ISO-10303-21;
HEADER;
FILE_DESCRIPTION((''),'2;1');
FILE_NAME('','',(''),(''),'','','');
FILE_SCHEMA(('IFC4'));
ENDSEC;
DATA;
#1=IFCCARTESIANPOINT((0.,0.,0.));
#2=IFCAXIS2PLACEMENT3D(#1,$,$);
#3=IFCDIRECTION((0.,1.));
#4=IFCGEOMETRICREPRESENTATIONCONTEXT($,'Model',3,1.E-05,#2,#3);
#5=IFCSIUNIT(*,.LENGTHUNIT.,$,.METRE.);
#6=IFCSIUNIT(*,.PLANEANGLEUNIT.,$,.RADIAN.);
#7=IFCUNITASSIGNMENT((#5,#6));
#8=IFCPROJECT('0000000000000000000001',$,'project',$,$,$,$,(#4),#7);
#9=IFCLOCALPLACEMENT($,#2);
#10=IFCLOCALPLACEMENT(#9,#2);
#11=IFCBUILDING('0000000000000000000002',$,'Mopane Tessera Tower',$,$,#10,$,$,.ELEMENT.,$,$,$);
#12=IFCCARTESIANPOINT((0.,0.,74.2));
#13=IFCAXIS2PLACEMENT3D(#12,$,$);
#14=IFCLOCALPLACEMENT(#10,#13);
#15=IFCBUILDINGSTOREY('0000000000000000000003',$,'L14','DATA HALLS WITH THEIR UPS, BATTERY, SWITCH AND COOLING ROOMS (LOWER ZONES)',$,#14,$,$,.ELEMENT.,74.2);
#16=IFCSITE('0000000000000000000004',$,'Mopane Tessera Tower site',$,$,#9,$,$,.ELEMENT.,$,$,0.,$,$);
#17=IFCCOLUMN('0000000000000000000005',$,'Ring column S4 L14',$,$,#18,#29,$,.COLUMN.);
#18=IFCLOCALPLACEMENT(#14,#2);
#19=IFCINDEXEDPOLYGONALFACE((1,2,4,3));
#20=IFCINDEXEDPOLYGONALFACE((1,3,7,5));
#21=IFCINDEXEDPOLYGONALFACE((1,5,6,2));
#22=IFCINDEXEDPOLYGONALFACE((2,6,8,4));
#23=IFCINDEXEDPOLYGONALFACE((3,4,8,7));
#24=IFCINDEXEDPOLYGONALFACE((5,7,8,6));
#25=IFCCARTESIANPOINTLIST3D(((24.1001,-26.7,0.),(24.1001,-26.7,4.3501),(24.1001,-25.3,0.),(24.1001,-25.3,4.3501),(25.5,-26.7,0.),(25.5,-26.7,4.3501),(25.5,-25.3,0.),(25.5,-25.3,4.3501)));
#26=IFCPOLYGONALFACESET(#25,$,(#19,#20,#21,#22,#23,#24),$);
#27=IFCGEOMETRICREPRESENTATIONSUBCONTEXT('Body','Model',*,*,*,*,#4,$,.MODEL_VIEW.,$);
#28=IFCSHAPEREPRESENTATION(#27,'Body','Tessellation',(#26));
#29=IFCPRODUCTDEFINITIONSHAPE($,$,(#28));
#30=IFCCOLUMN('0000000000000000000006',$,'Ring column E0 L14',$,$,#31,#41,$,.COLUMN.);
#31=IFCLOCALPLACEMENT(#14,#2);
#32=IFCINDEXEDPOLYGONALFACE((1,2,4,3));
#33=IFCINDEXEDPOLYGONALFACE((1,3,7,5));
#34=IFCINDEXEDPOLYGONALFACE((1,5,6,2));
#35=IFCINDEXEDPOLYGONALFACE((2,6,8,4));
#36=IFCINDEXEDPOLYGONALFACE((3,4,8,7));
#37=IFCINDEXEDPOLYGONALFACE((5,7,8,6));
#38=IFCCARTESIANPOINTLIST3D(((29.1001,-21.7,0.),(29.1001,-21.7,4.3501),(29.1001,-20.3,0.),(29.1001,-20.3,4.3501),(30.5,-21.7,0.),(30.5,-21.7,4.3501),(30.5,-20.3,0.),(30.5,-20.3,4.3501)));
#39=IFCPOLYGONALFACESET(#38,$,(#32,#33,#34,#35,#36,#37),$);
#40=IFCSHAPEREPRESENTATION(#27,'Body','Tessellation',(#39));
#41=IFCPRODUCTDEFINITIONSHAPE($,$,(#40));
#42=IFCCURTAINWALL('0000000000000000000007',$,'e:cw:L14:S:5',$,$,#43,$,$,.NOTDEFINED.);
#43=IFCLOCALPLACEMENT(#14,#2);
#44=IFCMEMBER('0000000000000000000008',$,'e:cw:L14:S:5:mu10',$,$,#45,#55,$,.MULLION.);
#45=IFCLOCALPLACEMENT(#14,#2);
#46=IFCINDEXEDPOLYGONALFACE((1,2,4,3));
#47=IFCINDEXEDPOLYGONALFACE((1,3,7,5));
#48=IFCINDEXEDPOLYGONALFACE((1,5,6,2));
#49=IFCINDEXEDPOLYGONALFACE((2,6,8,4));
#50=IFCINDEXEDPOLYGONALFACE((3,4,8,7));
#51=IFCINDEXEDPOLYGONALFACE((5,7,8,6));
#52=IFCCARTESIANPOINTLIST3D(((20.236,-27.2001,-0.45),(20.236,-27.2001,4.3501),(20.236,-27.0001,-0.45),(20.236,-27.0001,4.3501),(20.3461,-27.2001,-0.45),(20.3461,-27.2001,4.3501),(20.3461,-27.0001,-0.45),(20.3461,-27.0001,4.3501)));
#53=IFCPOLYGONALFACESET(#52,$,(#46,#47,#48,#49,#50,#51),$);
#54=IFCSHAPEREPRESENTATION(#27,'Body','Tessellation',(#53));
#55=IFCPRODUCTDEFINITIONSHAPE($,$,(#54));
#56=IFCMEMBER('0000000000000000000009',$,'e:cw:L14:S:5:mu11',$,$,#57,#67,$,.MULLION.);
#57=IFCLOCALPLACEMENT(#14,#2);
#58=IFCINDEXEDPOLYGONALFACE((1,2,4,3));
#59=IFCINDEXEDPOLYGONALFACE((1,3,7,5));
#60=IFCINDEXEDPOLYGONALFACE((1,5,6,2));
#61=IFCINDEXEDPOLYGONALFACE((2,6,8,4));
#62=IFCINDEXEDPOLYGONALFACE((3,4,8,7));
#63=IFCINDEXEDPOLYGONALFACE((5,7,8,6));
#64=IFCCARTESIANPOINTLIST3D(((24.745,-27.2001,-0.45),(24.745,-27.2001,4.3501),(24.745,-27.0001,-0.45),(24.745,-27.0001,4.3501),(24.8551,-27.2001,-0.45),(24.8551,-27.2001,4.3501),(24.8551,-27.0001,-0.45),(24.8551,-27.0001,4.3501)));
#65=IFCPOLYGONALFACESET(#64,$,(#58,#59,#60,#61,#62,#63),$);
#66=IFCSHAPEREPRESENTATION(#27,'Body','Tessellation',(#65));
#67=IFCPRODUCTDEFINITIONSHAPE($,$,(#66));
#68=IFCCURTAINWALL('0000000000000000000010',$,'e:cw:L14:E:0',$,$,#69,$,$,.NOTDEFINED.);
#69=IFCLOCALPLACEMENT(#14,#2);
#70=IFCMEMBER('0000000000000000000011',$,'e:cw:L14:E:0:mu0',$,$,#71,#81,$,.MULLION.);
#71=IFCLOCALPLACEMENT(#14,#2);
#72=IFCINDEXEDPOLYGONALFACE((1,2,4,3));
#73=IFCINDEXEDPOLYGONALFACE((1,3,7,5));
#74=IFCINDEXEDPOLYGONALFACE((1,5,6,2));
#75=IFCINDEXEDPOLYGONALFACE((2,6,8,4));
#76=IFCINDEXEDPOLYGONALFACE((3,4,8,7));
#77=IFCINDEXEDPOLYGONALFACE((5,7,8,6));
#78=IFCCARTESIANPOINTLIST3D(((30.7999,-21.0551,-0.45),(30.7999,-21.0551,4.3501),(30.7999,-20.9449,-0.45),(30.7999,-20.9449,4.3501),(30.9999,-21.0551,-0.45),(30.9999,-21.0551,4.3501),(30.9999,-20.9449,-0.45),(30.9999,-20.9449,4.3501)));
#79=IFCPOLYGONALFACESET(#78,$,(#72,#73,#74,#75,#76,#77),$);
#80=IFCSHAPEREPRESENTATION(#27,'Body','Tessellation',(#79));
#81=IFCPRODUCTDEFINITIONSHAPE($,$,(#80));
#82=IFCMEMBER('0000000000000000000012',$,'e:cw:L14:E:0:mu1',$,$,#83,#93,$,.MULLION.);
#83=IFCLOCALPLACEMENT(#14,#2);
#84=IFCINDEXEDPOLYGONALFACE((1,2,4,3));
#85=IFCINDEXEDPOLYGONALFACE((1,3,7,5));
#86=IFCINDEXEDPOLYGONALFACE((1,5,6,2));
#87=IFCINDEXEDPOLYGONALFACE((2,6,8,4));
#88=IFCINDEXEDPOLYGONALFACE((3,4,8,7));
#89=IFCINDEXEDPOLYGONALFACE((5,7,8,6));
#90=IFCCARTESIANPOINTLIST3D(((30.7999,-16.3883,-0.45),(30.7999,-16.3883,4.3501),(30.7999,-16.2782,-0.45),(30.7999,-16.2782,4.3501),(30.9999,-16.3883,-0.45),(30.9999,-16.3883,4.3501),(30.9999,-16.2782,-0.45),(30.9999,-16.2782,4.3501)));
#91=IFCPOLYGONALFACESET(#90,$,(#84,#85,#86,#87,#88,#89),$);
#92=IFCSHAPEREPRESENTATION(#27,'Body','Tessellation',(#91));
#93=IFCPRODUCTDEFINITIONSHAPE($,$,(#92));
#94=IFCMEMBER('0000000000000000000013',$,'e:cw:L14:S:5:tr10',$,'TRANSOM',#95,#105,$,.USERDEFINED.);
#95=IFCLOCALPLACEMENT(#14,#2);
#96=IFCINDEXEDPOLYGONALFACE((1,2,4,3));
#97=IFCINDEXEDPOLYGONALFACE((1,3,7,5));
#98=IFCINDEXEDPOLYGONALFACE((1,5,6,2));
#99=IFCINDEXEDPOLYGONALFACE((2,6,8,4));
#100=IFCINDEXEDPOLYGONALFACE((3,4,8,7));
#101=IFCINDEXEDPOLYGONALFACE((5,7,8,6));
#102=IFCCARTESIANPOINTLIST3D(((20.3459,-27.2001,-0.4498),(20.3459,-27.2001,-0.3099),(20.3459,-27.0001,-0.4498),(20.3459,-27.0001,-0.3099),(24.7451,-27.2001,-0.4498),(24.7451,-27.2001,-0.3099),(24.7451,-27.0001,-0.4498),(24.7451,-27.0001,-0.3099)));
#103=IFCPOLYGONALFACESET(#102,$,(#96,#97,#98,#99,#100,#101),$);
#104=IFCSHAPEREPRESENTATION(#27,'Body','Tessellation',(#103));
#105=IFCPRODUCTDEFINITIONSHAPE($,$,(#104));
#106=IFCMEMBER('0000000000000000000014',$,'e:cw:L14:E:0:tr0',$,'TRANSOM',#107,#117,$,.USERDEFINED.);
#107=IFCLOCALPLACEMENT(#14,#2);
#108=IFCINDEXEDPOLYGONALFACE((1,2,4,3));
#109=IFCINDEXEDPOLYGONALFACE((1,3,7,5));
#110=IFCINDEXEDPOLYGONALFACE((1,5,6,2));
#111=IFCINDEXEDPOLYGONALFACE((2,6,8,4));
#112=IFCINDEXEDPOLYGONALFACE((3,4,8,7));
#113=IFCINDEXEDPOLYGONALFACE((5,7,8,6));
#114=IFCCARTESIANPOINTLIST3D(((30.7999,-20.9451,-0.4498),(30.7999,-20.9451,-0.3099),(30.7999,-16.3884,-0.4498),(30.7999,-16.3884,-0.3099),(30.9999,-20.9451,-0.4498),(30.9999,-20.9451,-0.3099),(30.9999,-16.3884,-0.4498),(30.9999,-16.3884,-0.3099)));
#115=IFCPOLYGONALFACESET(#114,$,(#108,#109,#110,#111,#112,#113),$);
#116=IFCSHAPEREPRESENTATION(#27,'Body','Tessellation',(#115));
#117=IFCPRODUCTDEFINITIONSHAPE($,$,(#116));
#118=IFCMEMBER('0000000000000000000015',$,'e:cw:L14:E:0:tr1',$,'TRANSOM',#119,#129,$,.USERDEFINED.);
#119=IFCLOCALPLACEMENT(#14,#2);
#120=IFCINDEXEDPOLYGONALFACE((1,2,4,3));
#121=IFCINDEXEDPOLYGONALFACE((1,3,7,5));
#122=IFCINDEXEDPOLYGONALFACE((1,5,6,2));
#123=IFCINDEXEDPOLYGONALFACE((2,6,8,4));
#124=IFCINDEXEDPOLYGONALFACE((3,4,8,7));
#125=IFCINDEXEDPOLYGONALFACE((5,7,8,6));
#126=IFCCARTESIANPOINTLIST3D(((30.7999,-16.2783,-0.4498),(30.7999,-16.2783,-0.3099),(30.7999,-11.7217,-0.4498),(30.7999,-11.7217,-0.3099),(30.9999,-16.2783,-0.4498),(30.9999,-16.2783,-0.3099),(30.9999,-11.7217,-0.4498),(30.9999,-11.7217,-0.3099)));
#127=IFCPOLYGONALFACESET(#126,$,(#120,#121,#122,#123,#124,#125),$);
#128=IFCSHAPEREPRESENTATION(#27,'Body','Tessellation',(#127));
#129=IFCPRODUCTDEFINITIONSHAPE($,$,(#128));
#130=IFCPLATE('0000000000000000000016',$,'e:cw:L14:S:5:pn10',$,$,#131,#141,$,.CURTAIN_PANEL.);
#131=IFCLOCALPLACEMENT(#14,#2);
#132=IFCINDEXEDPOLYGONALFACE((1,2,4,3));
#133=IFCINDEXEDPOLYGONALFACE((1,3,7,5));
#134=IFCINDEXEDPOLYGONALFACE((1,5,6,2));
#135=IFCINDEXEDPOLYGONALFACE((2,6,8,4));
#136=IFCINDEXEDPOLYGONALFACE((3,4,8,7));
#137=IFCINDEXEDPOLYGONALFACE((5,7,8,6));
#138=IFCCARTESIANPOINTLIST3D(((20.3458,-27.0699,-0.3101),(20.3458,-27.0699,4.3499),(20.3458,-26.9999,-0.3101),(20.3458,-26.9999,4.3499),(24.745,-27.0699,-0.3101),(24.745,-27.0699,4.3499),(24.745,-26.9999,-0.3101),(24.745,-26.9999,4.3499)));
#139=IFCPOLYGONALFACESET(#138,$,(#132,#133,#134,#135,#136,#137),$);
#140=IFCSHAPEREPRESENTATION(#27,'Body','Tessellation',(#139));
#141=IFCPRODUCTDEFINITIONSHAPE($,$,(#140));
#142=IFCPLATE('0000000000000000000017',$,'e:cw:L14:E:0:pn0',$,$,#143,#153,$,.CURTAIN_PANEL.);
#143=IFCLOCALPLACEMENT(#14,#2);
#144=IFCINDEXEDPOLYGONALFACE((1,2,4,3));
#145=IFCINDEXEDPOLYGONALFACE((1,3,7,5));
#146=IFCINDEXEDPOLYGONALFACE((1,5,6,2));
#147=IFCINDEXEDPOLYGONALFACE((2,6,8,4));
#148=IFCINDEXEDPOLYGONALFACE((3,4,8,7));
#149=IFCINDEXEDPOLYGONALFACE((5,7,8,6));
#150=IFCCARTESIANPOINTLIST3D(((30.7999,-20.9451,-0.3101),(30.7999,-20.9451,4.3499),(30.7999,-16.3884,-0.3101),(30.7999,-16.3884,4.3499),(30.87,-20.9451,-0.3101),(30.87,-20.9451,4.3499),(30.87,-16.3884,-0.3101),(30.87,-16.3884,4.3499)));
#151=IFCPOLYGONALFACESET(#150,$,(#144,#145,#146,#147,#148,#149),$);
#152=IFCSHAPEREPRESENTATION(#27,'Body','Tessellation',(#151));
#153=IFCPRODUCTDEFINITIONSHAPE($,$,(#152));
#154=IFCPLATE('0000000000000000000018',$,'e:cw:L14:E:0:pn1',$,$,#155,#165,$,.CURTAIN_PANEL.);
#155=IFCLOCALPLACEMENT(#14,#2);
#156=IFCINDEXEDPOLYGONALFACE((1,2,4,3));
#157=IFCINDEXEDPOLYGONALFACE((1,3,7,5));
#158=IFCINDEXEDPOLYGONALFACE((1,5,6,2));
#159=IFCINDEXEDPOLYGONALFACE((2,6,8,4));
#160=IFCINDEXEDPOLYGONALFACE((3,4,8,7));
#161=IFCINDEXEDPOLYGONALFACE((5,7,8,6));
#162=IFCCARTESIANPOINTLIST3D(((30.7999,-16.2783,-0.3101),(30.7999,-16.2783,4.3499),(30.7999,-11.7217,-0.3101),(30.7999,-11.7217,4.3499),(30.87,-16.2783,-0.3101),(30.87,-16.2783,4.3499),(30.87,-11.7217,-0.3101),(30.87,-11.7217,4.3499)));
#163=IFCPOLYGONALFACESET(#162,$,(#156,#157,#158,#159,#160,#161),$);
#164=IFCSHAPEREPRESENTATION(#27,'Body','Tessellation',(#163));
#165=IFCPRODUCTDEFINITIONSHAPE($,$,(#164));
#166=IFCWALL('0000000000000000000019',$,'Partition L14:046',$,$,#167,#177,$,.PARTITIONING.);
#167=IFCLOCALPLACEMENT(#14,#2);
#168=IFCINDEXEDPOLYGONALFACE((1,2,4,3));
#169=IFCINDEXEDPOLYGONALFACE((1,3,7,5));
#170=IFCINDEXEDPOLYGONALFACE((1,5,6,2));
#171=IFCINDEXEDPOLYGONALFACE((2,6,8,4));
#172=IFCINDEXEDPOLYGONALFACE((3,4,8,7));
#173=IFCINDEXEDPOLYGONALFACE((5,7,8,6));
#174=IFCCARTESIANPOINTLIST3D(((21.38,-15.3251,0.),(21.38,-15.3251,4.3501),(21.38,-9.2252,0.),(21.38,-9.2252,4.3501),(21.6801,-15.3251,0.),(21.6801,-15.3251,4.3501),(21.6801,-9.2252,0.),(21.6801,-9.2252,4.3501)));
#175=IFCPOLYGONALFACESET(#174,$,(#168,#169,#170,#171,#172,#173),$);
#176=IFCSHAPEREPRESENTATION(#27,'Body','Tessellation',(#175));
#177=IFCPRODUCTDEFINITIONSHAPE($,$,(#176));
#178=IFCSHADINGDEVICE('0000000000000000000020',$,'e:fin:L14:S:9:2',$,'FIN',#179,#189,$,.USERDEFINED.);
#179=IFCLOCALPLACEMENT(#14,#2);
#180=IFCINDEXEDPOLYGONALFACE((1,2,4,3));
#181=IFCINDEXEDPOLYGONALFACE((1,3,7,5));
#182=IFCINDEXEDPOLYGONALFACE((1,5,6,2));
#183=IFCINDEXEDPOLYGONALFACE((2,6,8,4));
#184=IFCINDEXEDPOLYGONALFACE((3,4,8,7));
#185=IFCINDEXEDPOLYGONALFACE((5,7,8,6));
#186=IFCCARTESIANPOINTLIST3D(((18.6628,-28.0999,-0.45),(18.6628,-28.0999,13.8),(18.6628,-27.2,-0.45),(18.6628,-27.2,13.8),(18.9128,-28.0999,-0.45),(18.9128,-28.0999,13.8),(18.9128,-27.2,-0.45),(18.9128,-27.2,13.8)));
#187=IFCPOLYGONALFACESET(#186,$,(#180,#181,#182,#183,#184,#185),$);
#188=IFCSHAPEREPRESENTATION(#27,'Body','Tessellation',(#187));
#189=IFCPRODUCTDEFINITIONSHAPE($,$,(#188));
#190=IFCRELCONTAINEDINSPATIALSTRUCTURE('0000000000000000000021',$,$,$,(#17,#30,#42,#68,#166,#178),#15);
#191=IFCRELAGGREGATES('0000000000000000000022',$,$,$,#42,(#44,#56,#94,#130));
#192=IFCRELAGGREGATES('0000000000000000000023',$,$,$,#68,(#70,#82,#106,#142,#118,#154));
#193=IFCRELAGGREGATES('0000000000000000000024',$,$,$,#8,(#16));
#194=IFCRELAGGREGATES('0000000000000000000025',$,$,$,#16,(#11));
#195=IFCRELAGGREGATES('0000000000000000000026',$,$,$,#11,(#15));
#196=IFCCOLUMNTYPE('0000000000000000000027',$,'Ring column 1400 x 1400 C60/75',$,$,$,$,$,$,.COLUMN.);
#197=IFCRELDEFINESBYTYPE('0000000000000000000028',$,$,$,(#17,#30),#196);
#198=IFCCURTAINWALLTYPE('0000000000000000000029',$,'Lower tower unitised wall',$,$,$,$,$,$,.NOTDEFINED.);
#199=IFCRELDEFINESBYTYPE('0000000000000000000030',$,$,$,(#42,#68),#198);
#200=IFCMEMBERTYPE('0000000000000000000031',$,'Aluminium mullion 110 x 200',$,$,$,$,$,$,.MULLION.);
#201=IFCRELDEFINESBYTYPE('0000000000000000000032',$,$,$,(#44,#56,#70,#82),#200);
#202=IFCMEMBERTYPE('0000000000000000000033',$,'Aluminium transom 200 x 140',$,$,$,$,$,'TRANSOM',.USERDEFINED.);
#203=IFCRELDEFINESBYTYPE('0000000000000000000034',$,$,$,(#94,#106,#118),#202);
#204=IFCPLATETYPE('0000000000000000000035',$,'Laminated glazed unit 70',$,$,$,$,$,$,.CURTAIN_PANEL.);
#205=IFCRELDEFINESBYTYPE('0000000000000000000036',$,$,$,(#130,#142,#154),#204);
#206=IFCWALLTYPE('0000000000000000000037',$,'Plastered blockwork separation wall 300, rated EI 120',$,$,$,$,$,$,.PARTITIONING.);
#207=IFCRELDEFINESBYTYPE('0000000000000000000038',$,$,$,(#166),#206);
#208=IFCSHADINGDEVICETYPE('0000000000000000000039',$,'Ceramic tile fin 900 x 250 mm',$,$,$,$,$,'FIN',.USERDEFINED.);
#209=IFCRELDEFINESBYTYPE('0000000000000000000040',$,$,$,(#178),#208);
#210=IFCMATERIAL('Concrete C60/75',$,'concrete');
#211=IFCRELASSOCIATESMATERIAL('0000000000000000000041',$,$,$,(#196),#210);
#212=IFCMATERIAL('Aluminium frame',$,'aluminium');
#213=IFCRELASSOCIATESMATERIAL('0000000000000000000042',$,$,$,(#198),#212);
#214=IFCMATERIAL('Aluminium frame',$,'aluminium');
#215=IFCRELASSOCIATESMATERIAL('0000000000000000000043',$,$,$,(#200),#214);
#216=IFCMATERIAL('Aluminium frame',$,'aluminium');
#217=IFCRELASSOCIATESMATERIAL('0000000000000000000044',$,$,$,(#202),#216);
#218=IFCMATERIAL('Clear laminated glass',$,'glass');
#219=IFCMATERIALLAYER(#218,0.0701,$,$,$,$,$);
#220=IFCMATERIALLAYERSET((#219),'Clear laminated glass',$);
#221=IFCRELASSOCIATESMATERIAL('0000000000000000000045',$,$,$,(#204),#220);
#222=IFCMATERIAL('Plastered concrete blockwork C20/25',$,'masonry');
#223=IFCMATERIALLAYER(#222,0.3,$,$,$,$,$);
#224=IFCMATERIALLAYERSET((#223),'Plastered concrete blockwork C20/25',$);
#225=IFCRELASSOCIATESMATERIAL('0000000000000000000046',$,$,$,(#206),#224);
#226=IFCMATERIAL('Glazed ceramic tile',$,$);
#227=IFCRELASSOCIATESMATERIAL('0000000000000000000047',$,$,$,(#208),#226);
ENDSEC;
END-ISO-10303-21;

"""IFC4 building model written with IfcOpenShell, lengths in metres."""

from ifc_helpers import new_model, si_unit, direction, frame, frame_2d, origin, origin_2d, place, context, subcontext, project, spatial, rectangle, extrude, material, layer, layer_set, material_profile, profile_set, type_object, element, aggregate, save


model = new_model("IFC4")

# Units and contexts
model_context = context("Model", 3, precision=1e-05, world=origin(), true_north=direction((0.0, 1.0)))
body_context = subcontext(model_context, "Body", "Model", "MODEL_VIEW")
ifc_project = project(units=[si_unit("LENGTHUNIT", "METRE"), si_unit("PLANEANGLEUNIT", "RADIAN")], contexts=[model_context])

# Site, building, storey
site_placement = place(None, origin())
site = spatial("IfcSite", under=ifc_project, at=site_placement, Name="Mopane Tessera Tower site", CompositionType="ELEMENT", RefElevation=0.0)
building_placement = place(site_placement, origin())
building = spatial("IfcBuilding", under=site, at=building_placement, Name="Mopane Tessera Tower", CompositionType="ELEMENT")
storey_placement = place(building_placement, frame((0.0, 0.0, 74.2)))
storey = spatial("IfcBuildingStorey", under=building, at=storey_placement, Name="L14", Description="DATA HALLS WITH THEIR UPS, BATTERY, SWITCH AND COOLING ROOMS (LOWER ZONES)", CompositionType="ELEMENT", Elevation=74.2)

# Columns
ifc_material_1 = material(Name="Concrete C60/75", Category="concrete")
ifc_material_profile_1 = material_profile(ifc_material_1, rectangle(XDim=1.3999, YDim=1.3999, at=origin_2d()))
ifc_profile_set_1 = profile_set([ifc_material_profile_1], Name="Concrete C60/75")
column_type = type_object("IfcColumnType", Name="Ring column 1400 x 1400 C60/75", PredefinedType="COLUMN", material=ifc_profile_set_1)
for number, where, z_axis, x_axis, name in (
    (1, (24.8, -26.0, 0.0), (0.0, 0.0, 1.0), (1.0, 0.0, 0.0), "Ring column S4 L14"),
    (2, (29.8, -21.0, 0.0), (0.0, 0.0, 1.0), (1.0, 0.0, 0.0), "Ring column E0 L14"),
):
    element("IfcColumn", number, at=place(storey_placement, frame(where, z_axis=z_axis, x_axis=x_axis)), inside=storey, type_object=column_type, Name=name, PredefinedType="COLUMN", context=body_context, shape_type="SweptSolid", body=[
        extrude(rectangle(XDim=1.3999, YDim=1.3999, at=origin_2d()), origin(), (0.0, 0.0, 1.0), 4.3501),
    ])

# Curtain walls, members
ifc_material_2 = material(Name="Aluminium frame", Category="aluminium")
curtain_wall_type = type_object("IfcCurtainWallType", Name="Lower tower unitised wall", PredefinedType="NOTDEFINED", material=ifc_material_2)
curtain_wall_1_placement = place(storey_placement, origin())
curtain_wall_1 = element("IfcCurtainWall", 3, at=curtain_wall_1_placement, inside=storey, type_object=curtain_wall_type, Name="e:cw:L14:S:5", PredefinedType="NOTDEFINED")
ifc_material_3 = material(Name="Aluminium frame", Category="aluminium")
ifc_material_profile_2 = material_profile(ifc_material_3, rectangle(XDim=0.1101, YDim=0.2, at=origin_2d()))
ifc_profile_set_2 = profile_set([ifc_material_profile_2], Name="Aluminium frame")
member_type_1 = type_object("IfcMemberType", Name="Aluminium mullion 110 x 200", PredefinedType="MULLION", material=ifc_profile_set_2)
member_1_placement = place(storey_placement, frame((20.291, -27.1001, -0.45), z_axis=(0.0, 0.0, 1.0), x_axis=(1.0, 0.0, 0.0)))
member_1 = element("IfcMember", 4, at=member_1_placement, type_object=member_type_1, Name="e:cw:L14:S:5:mu10", PredefinedType="MULLION", context=body_context, shape_type="SweptSolid", body=[
    extrude(rectangle(XDim=0.1101, YDim=0.2, at=origin_2d()), origin(), (0.0, 0.0, 1.0), 4.8),
])
member_2_placement = place(storey_placement, frame((24.8, -27.1001, -0.45), z_axis=(0.0, 0.0, 1.0), x_axis=(1.0, 0.0, 0.0)))
member_2 = element("IfcMember", 5, at=member_2_placement, type_object=member_type_1, Name="e:cw:L14:S:5:mu11", PredefinedType="MULLION", context=body_context, shape_type="SweptSolid", body=[
    extrude(rectangle(XDim=0.1101, YDim=0.2, at=origin_2d()), origin(), (0.0, 0.0, 1.0), 4.8),
])
curtain_wall_2_placement = place(storey_placement, origin())
curtain_wall_2 = element("IfcCurtainWall", 6, at=curtain_wall_2_placement, inside=storey, type_object=curtain_wall_type, Name="e:cw:L14:E:0", PredefinedType="NOTDEFINED")
member_3_placement = place(storey_placement, frame((30.8999, -21.0, -0.45), z_axis=(0.0, 0.0, 1.0), x_axis=(0.0, 1.0, 0.0)))
member_3 = element("IfcMember", 7, at=member_3_placement, type_object=member_type_1, Name="e:cw:L14:E:0:mu0", PredefinedType="MULLION", context=body_context, shape_type="SweptSolid", body=[
    extrude(rectangle(XDim=0.1101, YDim=0.2, at=origin_2d()), origin(), (0.0, 0.0, 1.0), 4.8),
])
member_4_placement = place(storey_placement, frame((30.8999, -16.3333, -0.45), z_axis=(0.0, 0.0, 1.0), x_axis=(0.0, 1.0, 0.0)))
member_4 = element("IfcMember", 8, at=member_4_placement, type_object=member_type_1, Name="e:cw:L14:E:0:mu1", PredefinedType="MULLION", context=body_context, shape_type="SweptSolid", body=[
    extrude(rectangle(XDim=0.1101, YDim=0.2, at=origin_2d()), origin(), (0.0, 0.0, 1.0), 4.8),
])

# Members
ifc_material_4 = material(Name="Aluminium frame", Category="aluminium")
ifc_material_profile_3 = material_profile(ifc_material_4, rectangle(XDim=0.2, YDim=0.1399, at=origin_2d()))
ifc_profile_set_3 = profile_set([ifc_material_profile_3], Name="Aluminium frame")
member_type_2 = type_object("IfcMemberType", Name="Aluminium transom 200 x 140", ElementType="TRANSOM", PredefinedType="USERDEFINED", material=ifc_profile_set_3)
member_5_placement = place(storey_placement, frame((20.3459, -27.1001, -0.3799), z_axis=(1.0, 0.0, 0.0), x_axis=(0.0, 1.0, 0.0)))
member_5 = element("IfcMember", 9, at=member_5_placement, type_object=member_type_2, Name="e:cw:L14:S:5:tr10", ObjectType="TRANSOM", PredefinedType="USERDEFINED", context=body_context, shape_type="SweptSolid", body=[
    extrude(rectangle(XDim=0.2, YDim=0.1399, at=origin_2d()), origin(), (0.0, 0.0, 1.0), 4.3992),
])
member_6_placement = place(storey_placement, frame((30.8999, -20.9451, -0.3799), z_axis=(0.0, 1.0, 0.0), x_axis=(-1.0, 0.0, 0.0)))
member_6 = element("IfcMember", 10, at=member_6_placement, type_object=member_type_2, Name="e:cw:L14:E:0:tr0", ObjectType="TRANSOM", PredefinedType="USERDEFINED", context=body_context, shape_type="SweptSolid", body=[
    extrude(rectangle(XDim=0.2, YDim=0.1399, at=origin_2d()), origin(), (0.0, 0.0, 1.0), 4.5566),
])
member_7_placement = place(storey_placement, frame((30.8999, -16.2783, -0.3799), z_axis=(0.0, 1.0, 0.0), x_axis=(-1.0, 0.0, 0.0)))
member_7 = element("IfcMember", 11, at=member_7_placement, type_object=member_type_2, Name="e:cw:L14:E:0:tr1", ObjectType="TRANSOM", PredefinedType="USERDEFINED", context=body_context, shape_type="SweptSolid", body=[
    extrude(rectangle(XDim=0.2, YDim=0.1399, at=origin_2d()), origin(), (0.0, 0.0, 1.0), 4.5566),
])

# Plates
ifc_material_5 = material(Name="Clear laminated glass", Category="glass")
ifc_layer_1 = layer(ifc_material_5, 0.0701)
ifc_layer_set_1 = layer_set([ifc_layer_1], Name="Clear laminated glass")
plate_type = type_object("IfcPlateType", Name="Laminated glazed unit 70", PredefinedType="CURTAIN_PANEL", material=ifc_layer_set_1)
plate_1_placement = place(storey_placement, frame((22.5454, -27.0349, -0.3101), z_axis=(0.0, 0.0, 1.0), x_axis=(1.0, 0.0, 0.0)))
plate_1 = element("IfcPlate", 12, at=plate_1_placement, type_object=plate_type, Name="e:cw:L14:S:5:pn10", PredefinedType="CURTAIN_PANEL", context=body_context, shape_type="SweptSolid", body=[
    extrude(rectangle(XDim=4.3992, YDim=0.0701, at=origin_2d()), origin(), (0.0, 0.0, 1.0), 4.6599),
])
aggregate(curtain_wall_1, [member_1, member_2, member_5, plate_1])
plate_2_placement = place(storey_placement, frame((30.835, -18.6667, -0.3101), z_axis=(0.0, 0.0, 1.0), x_axis=(0.0, 1.0, 0.0)))
plate_2 = element("IfcPlate", 13, at=plate_2_placement, type_object=plate_type, Name="e:cw:L14:E:0:pn0", PredefinedType="CURTAIN_PANEL", context=body_context, shape_type="SweptSolid", body=[
    extrude(rectangle(XDim=4.5566, YDim=0.0701, at=origin_2d()), origin(), (0.0, 0.0, 1.0), 4.6599),
])
plate_3_placement = place(storey_placement, frame((30.835, -14.0, -0.3101), z_axis=(0.0, 0.0, 1.0), x_axis=(0.0, 1.0, 0.0)))
plate_3 = element("IfcPlate", 14, at=plate_3_placement, type_object=plate_type, Name="e:cw:L14:E:0:pn1", PredefinedType="CURTAIN_PANEL", context=body_context, shape_type="SweptSolid", body=[
    extrude(rectangle(XDim=4.5566, YDim=0.0701, at=origin_2d()), origin(), (0.0, 0.0, 1.0), 4.6599),
])
aggregate(curtain_wall_2, [member_3, member_4, member_6, plate_2, member_7, plate_3])

# Wall
ifc_material_6 = material(Name="Plastered concrete blockwork C20/25", Category="masonry")
ifc_layer_2 = layer(ifc_material_6, 0.3)
ifc_layer_set_2 = layer_set([ifc_layer_2], Name="Plastered concrete blockwork C20/25")
wall_type = type_object("IfcWallType", Name="Plastered blockwork separation wall 300, rated EI 120", PredefinedType="PARTITIONING", material=ifc_layer_set_2)
wall_placement = place(storey_placement, frame((21.53, -15.325, 0.0), z_axis=(0.0, 0.0, 1.0), x_axis=(0.0, 1.0, 0.0)))
element("IfcWall", 15, at=wall_placement, inside=storey, type_object=wall_type, Name="Partition L14:046", PredefinedType="PARTITIONING", context=body_context, shape_type="SweptSolid", body=[
    extrude(rectangle(XDim=6.0999, YDim=0.3, at=frame_2d((3.0498, 0.0))), origin(), (0.0, 0.0, 1.0), 4.3501),
])

# Shading device
ifc_material_7 = material(Name="Glazed ceramic tile")
shading_device_type = type_object("IfcShadingDeviceType", Name="Ceramic tile fin 900 x 250 mm", ElementType="FIN", PredefinedType="USERDEFINED", material=ifc_material_7)
for number, where, z_axis, x_axis, name in (
    (16, (18.7878, -27.6499, -0.45), (0.0, 0.0, 1.0), (1.0, 0.0, 0.0), "e:fin:L14:S:9:2"),
):
    element("IfcShadingDevice", number, at=place(storey_placement, frame(where, z_axis=z_axis, x_axis=x_axis)), inside=storey, type_object=shading_device_type, Name=name, ObjectType="FIN", PredefinedType="USERDEFINED", context=body_context, shape_type="SweptSolid", body=[
        extrude(rectangle(XDim=0.25, YDim=0.8999, at=origin_2d()), origin(), (0.0, 0.0, 1.0), 14.25),
    ])

save(model, "model.ifc")
